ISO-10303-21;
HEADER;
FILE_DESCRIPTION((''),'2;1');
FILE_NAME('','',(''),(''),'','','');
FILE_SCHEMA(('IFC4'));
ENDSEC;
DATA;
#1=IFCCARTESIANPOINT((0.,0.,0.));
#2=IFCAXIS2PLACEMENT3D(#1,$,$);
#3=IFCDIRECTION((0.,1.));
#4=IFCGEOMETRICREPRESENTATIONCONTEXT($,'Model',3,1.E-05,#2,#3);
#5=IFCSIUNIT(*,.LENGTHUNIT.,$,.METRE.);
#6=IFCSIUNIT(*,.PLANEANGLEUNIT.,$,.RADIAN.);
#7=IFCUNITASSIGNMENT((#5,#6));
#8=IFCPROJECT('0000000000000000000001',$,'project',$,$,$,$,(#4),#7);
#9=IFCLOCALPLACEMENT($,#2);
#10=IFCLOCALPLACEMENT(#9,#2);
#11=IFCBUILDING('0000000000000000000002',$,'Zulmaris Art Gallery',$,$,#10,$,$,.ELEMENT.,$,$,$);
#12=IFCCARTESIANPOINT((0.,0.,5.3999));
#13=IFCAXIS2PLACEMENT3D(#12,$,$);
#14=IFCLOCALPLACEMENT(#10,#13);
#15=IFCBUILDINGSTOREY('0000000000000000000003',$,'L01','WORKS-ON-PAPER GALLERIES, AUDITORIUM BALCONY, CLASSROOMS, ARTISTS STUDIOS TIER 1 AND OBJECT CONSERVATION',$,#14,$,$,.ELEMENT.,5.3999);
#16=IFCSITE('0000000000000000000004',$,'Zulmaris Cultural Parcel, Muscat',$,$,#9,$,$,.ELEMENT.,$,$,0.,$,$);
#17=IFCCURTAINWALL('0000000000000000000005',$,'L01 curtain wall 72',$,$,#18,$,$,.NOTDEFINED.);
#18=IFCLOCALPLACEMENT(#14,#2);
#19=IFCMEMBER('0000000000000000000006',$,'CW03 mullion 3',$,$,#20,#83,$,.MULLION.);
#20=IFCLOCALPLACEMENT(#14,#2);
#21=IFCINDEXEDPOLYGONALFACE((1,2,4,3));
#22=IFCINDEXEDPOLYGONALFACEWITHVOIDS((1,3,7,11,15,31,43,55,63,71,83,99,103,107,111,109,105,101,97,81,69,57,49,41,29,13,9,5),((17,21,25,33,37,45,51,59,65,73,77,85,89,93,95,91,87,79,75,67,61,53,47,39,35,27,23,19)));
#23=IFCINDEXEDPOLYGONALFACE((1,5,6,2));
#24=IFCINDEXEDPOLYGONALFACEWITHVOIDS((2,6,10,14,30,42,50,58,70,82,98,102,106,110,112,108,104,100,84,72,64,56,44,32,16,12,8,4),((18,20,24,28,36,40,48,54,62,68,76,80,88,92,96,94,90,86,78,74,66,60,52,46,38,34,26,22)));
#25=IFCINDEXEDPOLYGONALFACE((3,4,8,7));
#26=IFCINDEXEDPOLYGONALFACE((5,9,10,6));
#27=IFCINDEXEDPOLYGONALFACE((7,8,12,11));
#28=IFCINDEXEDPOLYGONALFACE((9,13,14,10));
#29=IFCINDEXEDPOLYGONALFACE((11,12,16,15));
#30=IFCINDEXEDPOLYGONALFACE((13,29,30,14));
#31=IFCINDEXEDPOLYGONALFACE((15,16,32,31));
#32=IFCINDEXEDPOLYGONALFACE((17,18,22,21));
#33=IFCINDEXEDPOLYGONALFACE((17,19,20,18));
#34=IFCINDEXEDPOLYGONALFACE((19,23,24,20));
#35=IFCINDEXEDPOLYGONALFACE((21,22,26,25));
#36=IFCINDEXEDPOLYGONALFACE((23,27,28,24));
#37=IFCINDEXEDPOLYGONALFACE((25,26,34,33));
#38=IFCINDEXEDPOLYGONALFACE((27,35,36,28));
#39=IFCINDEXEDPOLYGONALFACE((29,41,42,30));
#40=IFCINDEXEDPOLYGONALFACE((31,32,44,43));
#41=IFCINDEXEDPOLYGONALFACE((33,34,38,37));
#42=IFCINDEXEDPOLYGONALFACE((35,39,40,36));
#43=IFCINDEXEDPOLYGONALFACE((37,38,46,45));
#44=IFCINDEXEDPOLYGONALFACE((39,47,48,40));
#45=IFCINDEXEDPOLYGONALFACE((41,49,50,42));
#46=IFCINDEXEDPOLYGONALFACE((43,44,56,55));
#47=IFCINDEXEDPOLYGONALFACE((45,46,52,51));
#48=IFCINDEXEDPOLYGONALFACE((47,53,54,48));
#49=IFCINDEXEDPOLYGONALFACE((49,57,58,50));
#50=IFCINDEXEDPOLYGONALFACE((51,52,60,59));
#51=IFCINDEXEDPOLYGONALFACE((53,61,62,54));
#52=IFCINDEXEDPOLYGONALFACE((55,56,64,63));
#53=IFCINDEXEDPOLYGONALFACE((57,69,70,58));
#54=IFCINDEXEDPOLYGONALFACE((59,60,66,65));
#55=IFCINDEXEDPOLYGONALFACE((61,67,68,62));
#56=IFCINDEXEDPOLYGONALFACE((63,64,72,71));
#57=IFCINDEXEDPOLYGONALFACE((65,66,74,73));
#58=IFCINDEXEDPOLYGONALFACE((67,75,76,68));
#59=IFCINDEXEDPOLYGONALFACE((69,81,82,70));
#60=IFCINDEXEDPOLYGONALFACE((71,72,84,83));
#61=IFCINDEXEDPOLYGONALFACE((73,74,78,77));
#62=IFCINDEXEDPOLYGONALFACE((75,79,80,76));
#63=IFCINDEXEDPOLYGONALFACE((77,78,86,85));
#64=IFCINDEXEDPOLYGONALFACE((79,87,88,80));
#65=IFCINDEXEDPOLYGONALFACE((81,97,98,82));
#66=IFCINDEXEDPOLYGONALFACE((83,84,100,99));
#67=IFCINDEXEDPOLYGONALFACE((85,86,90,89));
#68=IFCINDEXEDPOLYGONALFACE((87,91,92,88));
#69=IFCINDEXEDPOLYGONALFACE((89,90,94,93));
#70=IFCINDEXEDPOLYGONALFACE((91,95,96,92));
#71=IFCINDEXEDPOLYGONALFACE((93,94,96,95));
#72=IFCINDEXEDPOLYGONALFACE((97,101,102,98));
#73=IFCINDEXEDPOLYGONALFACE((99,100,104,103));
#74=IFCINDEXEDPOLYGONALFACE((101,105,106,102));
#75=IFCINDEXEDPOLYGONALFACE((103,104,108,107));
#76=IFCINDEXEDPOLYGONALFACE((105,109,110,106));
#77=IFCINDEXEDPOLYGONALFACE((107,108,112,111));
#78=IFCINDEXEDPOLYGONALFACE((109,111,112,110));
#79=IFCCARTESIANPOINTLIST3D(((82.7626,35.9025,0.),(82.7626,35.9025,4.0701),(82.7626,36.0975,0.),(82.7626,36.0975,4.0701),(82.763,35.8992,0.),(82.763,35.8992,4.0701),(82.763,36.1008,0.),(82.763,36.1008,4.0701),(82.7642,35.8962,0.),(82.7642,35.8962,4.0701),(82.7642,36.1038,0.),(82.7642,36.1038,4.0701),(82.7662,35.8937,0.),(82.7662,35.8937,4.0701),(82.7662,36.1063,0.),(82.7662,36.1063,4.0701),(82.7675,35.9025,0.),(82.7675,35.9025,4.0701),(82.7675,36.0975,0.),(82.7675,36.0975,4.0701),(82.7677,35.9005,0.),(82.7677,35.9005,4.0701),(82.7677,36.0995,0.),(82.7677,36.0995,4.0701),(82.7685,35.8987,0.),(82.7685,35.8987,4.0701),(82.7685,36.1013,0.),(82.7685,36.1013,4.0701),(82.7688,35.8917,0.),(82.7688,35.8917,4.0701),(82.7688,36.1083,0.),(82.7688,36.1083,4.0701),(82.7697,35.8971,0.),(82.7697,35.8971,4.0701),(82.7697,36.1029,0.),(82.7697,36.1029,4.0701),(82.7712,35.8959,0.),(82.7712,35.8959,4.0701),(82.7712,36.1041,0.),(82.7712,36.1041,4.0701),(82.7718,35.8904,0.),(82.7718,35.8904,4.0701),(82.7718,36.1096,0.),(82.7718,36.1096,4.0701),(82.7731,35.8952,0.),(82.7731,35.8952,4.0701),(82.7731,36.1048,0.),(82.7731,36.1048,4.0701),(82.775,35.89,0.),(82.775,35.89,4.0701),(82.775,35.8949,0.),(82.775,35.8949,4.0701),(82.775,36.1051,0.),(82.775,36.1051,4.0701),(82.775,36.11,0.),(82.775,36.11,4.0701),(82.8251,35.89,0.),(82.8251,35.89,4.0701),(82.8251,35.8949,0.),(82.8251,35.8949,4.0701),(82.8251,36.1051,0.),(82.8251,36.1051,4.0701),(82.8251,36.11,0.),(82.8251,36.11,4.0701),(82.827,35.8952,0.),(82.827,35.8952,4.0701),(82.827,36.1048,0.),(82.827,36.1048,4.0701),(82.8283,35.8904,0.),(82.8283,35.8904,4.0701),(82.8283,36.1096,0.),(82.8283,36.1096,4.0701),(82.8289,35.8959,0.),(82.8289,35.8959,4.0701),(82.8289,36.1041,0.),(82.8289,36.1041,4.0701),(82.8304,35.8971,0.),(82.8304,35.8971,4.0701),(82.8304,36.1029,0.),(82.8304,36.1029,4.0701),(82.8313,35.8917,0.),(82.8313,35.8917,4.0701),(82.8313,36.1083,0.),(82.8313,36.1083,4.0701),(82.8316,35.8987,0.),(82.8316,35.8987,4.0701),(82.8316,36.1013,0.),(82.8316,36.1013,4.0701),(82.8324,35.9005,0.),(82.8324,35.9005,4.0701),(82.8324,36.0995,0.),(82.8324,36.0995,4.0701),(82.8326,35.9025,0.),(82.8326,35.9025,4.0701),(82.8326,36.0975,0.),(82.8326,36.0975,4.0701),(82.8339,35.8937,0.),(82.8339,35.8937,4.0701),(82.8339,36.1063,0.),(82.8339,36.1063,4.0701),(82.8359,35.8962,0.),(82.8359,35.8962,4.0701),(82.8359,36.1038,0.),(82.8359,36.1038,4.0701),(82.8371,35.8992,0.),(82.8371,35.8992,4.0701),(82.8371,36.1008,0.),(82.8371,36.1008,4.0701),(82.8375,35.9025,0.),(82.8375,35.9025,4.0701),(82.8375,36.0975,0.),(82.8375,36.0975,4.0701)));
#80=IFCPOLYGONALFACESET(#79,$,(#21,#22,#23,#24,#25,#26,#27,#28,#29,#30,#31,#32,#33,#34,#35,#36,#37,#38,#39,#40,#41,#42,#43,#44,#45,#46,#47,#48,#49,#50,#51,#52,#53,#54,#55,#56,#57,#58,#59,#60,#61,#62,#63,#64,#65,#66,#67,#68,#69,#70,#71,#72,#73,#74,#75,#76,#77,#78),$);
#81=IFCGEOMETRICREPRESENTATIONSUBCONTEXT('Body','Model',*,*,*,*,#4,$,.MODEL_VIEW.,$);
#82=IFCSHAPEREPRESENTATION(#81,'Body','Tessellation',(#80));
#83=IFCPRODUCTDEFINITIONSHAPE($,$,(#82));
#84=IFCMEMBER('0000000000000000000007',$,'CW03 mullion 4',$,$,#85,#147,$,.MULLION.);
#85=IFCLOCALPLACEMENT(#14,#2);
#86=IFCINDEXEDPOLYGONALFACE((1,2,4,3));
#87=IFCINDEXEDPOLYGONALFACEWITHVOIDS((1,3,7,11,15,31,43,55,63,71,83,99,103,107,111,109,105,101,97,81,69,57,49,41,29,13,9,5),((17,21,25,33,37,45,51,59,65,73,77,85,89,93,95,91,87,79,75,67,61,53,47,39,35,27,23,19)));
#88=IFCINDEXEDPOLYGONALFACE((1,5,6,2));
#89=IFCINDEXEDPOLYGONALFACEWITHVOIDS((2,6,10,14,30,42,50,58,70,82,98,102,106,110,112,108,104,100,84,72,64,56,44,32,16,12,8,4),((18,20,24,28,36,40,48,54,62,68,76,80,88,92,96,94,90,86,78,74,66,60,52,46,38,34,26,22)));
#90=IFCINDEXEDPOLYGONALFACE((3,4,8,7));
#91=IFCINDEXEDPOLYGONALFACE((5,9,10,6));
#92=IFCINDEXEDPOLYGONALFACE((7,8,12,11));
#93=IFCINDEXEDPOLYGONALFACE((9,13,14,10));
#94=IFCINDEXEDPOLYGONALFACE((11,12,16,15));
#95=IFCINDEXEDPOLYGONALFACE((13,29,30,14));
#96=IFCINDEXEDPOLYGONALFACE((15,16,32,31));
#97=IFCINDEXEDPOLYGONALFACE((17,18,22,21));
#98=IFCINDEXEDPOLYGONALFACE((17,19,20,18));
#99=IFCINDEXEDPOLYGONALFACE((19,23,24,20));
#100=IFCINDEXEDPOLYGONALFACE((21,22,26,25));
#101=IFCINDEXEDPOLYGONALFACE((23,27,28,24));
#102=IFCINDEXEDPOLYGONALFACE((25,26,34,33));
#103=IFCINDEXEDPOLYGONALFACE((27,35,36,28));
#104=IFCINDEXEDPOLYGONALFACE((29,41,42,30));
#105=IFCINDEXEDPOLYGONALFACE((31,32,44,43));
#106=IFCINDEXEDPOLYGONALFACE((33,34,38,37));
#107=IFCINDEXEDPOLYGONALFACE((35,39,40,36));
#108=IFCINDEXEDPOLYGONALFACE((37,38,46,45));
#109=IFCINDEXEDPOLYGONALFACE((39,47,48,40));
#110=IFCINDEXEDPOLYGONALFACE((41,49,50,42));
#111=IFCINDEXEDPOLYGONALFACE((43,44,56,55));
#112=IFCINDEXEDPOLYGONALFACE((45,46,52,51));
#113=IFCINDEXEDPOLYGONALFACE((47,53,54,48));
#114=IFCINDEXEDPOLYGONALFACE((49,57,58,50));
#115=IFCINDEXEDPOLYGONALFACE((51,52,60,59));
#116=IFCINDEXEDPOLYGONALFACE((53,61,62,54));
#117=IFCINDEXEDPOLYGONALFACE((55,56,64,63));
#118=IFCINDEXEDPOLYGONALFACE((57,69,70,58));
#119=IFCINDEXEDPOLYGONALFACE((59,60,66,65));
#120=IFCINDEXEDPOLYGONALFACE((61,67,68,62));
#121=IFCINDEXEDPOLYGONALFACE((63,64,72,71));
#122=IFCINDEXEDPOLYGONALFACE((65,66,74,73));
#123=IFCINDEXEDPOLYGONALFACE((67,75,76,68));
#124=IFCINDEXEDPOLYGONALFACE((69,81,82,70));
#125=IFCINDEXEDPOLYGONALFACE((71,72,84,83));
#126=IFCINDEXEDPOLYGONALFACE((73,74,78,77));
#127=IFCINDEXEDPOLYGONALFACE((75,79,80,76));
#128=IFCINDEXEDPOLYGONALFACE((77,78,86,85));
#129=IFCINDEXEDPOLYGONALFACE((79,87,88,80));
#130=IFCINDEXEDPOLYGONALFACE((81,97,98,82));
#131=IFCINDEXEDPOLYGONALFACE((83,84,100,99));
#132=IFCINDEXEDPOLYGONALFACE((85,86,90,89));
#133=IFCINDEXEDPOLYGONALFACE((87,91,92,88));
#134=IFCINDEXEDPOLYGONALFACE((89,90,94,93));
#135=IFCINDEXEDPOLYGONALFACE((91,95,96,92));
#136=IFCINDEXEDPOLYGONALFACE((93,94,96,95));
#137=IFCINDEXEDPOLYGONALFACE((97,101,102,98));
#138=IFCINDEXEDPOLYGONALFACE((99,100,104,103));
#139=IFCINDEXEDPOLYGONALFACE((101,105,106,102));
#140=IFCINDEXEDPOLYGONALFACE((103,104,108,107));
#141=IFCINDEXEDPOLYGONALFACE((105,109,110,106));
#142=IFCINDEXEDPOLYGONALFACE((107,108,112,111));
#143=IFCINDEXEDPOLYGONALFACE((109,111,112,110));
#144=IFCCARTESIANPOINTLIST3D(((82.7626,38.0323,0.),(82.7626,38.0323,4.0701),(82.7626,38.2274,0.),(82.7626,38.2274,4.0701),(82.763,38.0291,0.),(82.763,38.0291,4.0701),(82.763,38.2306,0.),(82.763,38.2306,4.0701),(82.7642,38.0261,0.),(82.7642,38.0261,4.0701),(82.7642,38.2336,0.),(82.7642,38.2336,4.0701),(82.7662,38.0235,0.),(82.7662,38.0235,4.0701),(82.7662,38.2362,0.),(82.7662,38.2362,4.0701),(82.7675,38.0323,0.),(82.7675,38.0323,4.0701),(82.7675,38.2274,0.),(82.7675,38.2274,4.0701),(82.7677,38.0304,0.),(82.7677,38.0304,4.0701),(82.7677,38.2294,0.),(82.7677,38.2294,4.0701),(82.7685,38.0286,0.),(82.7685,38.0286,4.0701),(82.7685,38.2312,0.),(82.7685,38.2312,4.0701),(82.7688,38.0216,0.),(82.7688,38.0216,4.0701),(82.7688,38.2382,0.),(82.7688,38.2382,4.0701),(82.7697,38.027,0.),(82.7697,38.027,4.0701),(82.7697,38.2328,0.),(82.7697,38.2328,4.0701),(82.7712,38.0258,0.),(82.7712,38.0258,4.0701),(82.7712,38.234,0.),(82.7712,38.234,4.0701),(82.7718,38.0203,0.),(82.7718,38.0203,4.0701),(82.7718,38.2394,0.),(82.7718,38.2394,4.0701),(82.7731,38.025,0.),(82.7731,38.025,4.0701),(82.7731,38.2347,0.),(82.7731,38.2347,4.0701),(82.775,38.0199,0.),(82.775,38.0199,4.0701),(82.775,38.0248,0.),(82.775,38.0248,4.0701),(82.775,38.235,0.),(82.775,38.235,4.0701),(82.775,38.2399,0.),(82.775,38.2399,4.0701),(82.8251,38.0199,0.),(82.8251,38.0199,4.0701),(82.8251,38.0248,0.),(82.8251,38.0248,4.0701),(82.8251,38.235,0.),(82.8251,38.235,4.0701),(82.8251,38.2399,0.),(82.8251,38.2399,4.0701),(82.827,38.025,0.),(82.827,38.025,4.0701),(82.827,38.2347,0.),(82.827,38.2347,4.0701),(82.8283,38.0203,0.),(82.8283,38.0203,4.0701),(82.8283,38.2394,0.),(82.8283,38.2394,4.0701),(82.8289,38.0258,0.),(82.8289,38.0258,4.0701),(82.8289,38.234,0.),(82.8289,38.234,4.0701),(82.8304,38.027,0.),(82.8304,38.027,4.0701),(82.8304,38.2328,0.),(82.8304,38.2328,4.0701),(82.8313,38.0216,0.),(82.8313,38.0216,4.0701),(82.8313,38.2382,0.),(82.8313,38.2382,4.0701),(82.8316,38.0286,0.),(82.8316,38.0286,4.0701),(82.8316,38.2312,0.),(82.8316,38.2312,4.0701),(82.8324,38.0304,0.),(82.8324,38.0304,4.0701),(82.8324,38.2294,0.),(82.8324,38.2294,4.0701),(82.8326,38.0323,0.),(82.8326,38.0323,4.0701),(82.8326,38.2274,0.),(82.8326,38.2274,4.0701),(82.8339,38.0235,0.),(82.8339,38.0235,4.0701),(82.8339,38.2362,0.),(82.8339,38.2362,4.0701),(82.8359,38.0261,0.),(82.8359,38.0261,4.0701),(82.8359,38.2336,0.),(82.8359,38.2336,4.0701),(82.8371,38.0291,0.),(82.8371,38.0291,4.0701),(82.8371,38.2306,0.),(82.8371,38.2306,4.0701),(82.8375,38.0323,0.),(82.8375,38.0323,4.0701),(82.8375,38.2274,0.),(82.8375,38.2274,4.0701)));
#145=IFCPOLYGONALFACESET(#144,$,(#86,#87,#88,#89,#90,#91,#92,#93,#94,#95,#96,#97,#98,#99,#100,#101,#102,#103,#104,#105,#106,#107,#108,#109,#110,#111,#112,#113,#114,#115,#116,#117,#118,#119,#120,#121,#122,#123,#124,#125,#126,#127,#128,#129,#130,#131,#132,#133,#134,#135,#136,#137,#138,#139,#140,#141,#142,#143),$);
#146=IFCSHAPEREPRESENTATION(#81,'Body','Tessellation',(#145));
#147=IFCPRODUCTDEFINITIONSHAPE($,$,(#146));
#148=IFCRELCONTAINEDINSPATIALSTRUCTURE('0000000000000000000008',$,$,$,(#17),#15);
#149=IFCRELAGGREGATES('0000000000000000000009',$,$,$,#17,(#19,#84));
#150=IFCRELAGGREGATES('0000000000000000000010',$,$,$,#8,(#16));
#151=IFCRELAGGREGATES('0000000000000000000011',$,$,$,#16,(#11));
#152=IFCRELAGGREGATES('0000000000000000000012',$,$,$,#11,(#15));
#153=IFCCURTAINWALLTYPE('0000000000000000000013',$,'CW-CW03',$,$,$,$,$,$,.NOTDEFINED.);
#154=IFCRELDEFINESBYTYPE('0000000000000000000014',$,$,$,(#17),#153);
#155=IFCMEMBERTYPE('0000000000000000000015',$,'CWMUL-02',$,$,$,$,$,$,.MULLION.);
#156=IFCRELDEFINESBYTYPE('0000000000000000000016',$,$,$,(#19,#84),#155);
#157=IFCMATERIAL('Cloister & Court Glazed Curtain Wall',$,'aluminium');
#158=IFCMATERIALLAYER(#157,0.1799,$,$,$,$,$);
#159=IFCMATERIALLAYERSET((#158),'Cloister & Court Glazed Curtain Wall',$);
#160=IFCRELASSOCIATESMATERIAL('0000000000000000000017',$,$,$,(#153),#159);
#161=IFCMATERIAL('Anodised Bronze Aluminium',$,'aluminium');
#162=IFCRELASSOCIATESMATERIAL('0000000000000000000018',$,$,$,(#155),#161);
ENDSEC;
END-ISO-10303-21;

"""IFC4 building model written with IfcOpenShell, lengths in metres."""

from ifc_helpers import new_model, si_unit, direction, frame, origin, origin_2d, place, context, subcontext, project, spatial, hollow_rectangle, extrude, material, layer, layer_set, material_profile, profile_set, type_object, element, aggregate, save


model = new_model("IFC4")

# Units and contexts
model_context = context("Model", 3, precision=1e-05, world=origin(), true_north=direction((0.0, 1.0)))
body_context = subcontext(model_context, "Body", "Model", "MODEL_VIEW")
ifc_project = project(units=[si_unit("LENGTHUNIT", "METRE"), si_unit("PLANEANGLEUNIT", "RADIAN")], contexts=[model_context])

# Site, building, storey
site_placement = place(None, origin())
site = spatial("IfcSite", under=ifc_project, at=site_placement, Name="Zulmaris Cultural Parcel, Muscat", CompositionType="ELEMENT", RefElevation=0.0)
building_placement = place(site_placement, origin())
building = spatial("IfcBuilding", under=site, at=building_placement, Name="Zulmaris Art Gallery", CompositionType="ELEMENT")
storey_placement = place(building_placement, frame((0.0, 0.0, 5.3999)))
storey = spatial("IfcBuildingStorey", under=building, at=storey_placement, Name="L01", Description="WORKS-ON-PAPER GALLERIES, AUDITORIUM BALCONY, CLASSROOMS, ARTISTS STUDIOS TIER 1 AND OBJECT CONSERVATION", CompositionType="ELEMENT", Elevation=5.3999)

# Curtain wall, members
ifc_material_1 = material(Name="Cloister & Court Glazed Curtain Wall", Category="aluminium")
ifc_layer_1 = layer(ifc_material_1, 0.1799)
ifc_layer_set_1 = layer_set([ifc_layer_1], Name="Cloister & Court Glazed Curtain Wall")
curtain_wall_type = type_object("IfcCurtainWallType", Name="CW-CW03", PredefinedType="NOTDEFINED", material=ifc_layer_set_1)
curtain_wall_placement = place(storey_placement, origin())
curtain_wall = element("IfcCurtainWall", 1, at=curtain_wall_placement, inside=storey, type_object=curtain_wall_type, Name="L01 curtain wall 72", PredefinedType="NOTDEFINED")
ifc_material_2 = material(Name="Anodised Bronze Aluminium", Category="aluminium")
ifc_material_profile_1 = material_profile(ifc_material_2, hollow_rectangle(XDim=0.075, YDim=0.22, WallThickness=0.0049, InnerFilletRadius=0.0076, OuterFilletRadius=0.0125, at=origin_2d()), Name="ALU 75x220x5")
ifc_profile_set_1 = profile_set([ifc_material_profile_1], Name="Anodised Bronze Aluminium")
member_type_1 = type_object("IfcMemberType", Name="CWMUL-02", PredefinedType="MULLION", material=ifc_profile_set_1)
member_1_placement = place(storey_placement, frame((82.8, 36.0, 0.0), z_axis=(0.0, 0.0, 1.0), x_axis=(-1.0, 0.0, 0.0)))
member_1 = element("IfcMember", 2, at=member_1_placement, type_object=member_type_1, Name="CW03 mullion 3", PredefinedType="MULLION", context=body_context, shape_type="SweptSolid", body=[
    extrude(hollow_rectangle(XDim=0.075, YDim=0.22, WallThickness=0.0049, InnerFilletRadius=0.0076, OuterFilletRadius=0.0125, at=origin_2d()), origin(), (0.0, 0.0, 1.0), 4.0701),
])
member_2_placement = place(storey_placement, frame((82.8, 38.1299, 0.0), z_axis=(0.0, 0.0, 1.0), x_axis=(-1.0, 0.0, 0.0)))
member_2 = element("IfcMember", 3, at=member_2_placement, type_object=member_type_1, Name="CW03 mullion 4", PredefinedType="MULLION", context=body_context, shape_type="SweptSolid", body=[
    extrude(hollow_rectangle(XDim=0.075, YDim=0.22, WallThickness=0.0049, InnerFilletRadius=0.0076, OuterFilletRadius=0.0125, at=origin_2d()), origin(), (0.0, 0.0, 1.0), 4.0701),
])
aggregate(curtain_wall, [member_1, member_2])

save(model, "model.ifc")
